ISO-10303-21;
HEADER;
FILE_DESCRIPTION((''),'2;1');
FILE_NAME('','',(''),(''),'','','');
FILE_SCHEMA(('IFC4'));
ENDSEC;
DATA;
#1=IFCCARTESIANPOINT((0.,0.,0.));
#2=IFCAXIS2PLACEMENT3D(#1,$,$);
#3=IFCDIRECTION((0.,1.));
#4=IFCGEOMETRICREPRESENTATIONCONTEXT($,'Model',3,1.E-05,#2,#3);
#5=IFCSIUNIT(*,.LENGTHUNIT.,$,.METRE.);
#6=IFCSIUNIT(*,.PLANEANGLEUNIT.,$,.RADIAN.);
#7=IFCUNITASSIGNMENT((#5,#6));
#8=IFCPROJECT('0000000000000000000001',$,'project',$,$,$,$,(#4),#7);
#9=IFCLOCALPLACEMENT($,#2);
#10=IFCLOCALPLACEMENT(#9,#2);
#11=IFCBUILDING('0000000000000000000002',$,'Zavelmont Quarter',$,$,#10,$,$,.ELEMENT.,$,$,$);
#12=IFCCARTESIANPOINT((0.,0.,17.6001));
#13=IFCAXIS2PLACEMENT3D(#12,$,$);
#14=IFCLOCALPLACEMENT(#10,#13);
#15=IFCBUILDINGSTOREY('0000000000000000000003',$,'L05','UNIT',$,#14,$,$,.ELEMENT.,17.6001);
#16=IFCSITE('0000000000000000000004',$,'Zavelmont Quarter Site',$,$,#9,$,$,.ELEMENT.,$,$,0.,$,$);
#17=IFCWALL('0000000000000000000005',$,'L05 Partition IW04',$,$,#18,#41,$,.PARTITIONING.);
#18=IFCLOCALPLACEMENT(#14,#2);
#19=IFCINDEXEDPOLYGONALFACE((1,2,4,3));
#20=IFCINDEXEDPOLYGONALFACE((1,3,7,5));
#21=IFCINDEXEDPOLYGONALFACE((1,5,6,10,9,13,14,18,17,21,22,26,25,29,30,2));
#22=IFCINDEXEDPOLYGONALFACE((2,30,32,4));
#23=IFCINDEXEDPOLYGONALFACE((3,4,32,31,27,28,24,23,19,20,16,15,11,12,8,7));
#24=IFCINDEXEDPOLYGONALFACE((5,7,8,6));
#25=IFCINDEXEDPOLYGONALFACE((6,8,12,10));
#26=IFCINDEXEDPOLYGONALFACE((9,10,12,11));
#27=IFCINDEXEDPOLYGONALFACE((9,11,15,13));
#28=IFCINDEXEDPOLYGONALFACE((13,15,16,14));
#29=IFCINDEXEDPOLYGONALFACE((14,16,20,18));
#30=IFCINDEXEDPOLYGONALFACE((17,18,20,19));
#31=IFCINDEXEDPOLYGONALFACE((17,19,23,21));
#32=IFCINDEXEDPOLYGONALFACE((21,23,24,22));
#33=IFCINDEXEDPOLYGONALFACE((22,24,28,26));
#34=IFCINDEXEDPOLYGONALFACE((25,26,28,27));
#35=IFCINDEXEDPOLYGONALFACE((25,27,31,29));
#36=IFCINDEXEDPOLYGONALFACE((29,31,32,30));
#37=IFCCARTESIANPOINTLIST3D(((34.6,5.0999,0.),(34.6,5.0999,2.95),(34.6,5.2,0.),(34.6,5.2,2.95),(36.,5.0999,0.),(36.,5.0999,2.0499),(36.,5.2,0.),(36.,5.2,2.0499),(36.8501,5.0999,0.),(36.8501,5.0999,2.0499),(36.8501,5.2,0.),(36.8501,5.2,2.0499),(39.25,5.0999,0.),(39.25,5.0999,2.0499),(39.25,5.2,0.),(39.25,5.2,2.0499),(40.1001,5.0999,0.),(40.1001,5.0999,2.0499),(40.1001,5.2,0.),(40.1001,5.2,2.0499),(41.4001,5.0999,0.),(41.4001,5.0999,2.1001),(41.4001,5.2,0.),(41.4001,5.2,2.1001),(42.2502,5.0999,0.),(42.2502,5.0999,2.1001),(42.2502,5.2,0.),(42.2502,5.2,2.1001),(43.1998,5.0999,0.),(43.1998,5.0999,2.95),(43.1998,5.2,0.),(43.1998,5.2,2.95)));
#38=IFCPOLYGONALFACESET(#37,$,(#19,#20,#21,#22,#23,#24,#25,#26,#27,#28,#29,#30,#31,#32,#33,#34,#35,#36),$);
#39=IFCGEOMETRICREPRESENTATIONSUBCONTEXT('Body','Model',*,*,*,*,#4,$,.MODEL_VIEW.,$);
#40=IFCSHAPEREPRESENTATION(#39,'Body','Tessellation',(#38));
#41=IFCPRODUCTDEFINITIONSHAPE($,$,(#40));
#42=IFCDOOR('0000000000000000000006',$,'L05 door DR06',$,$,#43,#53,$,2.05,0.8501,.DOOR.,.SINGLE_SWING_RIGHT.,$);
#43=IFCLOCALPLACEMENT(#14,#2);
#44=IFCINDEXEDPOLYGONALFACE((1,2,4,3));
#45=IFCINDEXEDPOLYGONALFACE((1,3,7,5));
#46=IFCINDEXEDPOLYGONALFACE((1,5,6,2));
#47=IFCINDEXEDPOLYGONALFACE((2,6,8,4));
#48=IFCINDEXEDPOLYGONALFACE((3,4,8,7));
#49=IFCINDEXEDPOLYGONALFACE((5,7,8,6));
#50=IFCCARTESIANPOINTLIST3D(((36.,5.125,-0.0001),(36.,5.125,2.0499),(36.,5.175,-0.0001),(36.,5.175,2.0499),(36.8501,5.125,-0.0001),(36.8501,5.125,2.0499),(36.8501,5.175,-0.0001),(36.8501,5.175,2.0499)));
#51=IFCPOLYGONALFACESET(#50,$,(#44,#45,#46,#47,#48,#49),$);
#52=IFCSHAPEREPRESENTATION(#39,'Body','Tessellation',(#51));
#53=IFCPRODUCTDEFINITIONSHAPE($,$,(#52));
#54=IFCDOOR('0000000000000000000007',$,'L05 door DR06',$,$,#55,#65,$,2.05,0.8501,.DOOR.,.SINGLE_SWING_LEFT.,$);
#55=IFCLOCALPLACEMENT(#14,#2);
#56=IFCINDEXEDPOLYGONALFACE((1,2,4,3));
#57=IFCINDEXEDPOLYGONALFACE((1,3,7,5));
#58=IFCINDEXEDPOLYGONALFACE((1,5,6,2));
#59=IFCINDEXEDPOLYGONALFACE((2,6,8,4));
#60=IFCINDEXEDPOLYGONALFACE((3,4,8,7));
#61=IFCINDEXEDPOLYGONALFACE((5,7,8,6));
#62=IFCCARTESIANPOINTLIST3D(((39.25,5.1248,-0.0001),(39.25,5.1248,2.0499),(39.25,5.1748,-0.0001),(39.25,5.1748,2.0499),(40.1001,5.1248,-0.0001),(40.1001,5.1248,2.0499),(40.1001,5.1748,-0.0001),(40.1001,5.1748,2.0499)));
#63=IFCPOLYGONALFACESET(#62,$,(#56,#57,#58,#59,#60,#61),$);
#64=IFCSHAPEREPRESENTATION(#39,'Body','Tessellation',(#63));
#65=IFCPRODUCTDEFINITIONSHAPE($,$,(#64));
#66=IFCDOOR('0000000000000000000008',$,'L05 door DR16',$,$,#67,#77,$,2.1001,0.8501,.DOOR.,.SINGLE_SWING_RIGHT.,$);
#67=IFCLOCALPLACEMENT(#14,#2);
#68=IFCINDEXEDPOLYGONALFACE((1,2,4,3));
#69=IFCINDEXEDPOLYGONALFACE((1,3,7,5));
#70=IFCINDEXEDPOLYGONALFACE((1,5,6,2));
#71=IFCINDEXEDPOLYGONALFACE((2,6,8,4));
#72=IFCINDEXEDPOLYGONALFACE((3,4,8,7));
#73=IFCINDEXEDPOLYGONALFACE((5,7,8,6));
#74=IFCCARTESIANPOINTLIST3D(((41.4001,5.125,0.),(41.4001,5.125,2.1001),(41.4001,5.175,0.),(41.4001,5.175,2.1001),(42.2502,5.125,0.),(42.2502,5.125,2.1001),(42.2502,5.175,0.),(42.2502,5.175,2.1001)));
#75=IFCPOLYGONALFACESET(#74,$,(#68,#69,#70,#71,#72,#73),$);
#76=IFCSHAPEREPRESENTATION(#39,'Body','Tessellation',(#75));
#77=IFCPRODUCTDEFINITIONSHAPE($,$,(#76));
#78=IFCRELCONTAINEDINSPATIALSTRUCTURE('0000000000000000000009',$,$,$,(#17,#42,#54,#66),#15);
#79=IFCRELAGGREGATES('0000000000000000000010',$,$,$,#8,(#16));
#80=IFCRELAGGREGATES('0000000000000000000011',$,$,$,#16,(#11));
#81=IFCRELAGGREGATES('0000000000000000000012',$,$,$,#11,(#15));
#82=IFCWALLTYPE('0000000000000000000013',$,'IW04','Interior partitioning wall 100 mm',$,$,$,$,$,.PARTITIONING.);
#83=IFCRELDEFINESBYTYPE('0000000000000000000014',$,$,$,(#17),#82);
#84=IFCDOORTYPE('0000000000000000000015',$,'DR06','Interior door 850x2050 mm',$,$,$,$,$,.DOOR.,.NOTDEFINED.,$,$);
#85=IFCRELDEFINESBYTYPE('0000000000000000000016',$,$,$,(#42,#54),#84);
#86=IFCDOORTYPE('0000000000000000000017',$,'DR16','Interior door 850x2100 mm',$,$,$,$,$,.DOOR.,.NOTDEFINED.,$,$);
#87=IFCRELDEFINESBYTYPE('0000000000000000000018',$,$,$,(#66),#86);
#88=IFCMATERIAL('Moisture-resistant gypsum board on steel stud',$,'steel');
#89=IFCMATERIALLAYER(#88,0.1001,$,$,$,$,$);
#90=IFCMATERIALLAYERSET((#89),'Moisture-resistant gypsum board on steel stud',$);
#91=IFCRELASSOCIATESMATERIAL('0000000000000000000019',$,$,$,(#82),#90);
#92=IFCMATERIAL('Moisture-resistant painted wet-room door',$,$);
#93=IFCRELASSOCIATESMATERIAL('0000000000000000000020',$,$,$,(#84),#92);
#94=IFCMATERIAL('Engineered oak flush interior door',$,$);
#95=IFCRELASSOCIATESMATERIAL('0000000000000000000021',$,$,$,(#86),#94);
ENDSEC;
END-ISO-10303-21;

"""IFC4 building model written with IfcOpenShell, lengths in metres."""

from ifc_helpers import new_model, si_unit, direction, frame, frame_2d, origin, origin_with_axes, place, context, subcontext, project, spatial, rectangle, extrude, material, layer, layer_set, type_object, element, fill, save


model = new_model("IFC4")

# Units and contexts
model_context = context("Model", 3, precision=1e-05, world=origin(), true_north=direction((0.0, 1.0)))
body_context = subcontext(model_context, "Body", "Model", "MODEL_VIEW")
ifc_project = project(units=[si_unit("LENGTHUNIT", "METRE"), si_unit("PLANEANGLEUNIT", "RADIAN")], contexts=[model_context])

# Site, building, storey
site_placement = place(None, origin())
site = spatial("IfcSite", under=ifc_project, at=site_placement, Name="Zavelmont Quarter Site", CompositionType="ELEMENT", RefElevation=0.0)
building_placement = place(site_placement, origin())
building = spatial("IfcBuilding", under=site, at=building_placement, Name="Zavelmont Quarter", CompositionType="ELEMENT")
storey_placement = place(building_placement, frame((0.0, 0.0, 17.6001)))
storey = spatial("IfcBuildingStorey", under=building, at=storey_placement, Name="L05", Description="UNIT", CompositionType="ELEMENT", Elevation=17.6001)

# Shared definitions
ifc_material_1 = material(Name="Engineered oak flush interior door")

# Shared definitions
ifc_material_2 = material(Name="Moisture-resistant gypsum board on steel stud", Category="steel")
ifc_layer_1 = layer(ifc_material_2, 0.1001)
ifc_layer_set_1 = layer_set([ifc_layer_1], Name="Moisture-resistant gypsum board on steel stud")
wall_type_1 = type_object("IfcWallType", Name="IW04", Description="Interior partitioning wall 100 mm", PredefinedType="PARTITIONING", material=ifc_layer_set_1)

# Wall, openings, doors
wall_1_placement = place(storey_placement, frame((34.6001, 5.1499, 0.0), z_axis=(0.0, 0.0, 1.0), x_axis=(1.0, 0.0, 0.0)))
wall_1 = element("IfcWall", 1, at=wall_1_placement, inside=storey, type_object=wall_type_1, Name="L05 Partition IW04", PredefinedType="PARTITIONING", context=body_context, shape_type="SweptSolid", body=[
    extrude(rectangle(XDim=8.5999, YDim=0.1001, at=frame_2d((4.2998, 0.0))), origin(), (0.0, 0.0, 1.0), 2.95),
])
opening_1_placement = place(wall_1_placement, frame((1.3999, 0.0, 0.0)))
opening_1 = element("IfcOpeningElement", 2, at=opening_1_placement, cuts=wall_1, PredefinedType="OPENING", context=body_context, shape_type="SweptSolid", body=[
    extrude(rectangle(XDim=0.8501, YDim=2.05, at=frame_2d((0.425, 1.0249))), frame((0.0, 0.062, 0.0), z_axis=(0.0, -1.0, 0.0), x_axis=(1.0, 0.0, 0.0)), (0.0, 0.0, 1.0), 0.124),
])
opening_2_placement = place(wall_1_placement, frame((4.6499, 0.0, 0.0)))
opening_2 = element("IfcOpeningElement", 3, at=opening_2_placement, cuts=wall_1, PredefinedType="OPENING", context=body_context, shape_type="SweptSolid", body=[
    extrude(rectangle(XDim=0.8501, YDim=2.05, at=frame_2d((0.425, 1.0249))), frame((0.0, 0.062, 0.0), z_axis=(0.0, -1.0, 0.0), x_axis=(1.0, 0.0, 0.0)), (0.0, 0.0, 1.0), 0.124),
])
opening_3_placement = place(wall_1_placement, frame((6.8, 0.0, 0.0)))
opening_3 = element("IfcOpeningElement", 4, at=opening_3_placement, cuts=wall_1, PredefinedType="OPENING", context=body_context, shape_type="SweptSolid", body=[
    extrude(rectangle(XDim=0.8501, YDim=2.1001, at=frame_2d((0.425, 1.05))), frame((0.0, 0.062, 0.0), z_axis=(0.0, -1.0, 0.0), x_axis=(1.0, 0.0, 0.0)), (0.0, 0.0, 1.0), 0.124),
])
ifc_material_3 = material(Name="Moisture-resistant painted wet-room door")
door_type_1 = type_object("IfcDoorType", Name="DR06", Description="Interior door 850x2050 mm", OperationType="NOTDEFINED", PredefinedType="DOOR", material=ifc_material_3)
door_1_placement = place(opening_1_placement, frame((0.8501, 0.0, 0.0), z_axis=(0.0, 0.0, 1.0), x_axis=(-1.0, 0.0, 0.0)))
door_1 = element("IfcDoor", 5, at=door_1_placement, inside=storey, type_object=door_type_1, Name="L05 door DR06", OperationType="SINGLE_SWING_RIGHT", OverallHeight=2.05, OverallWidth=0.8501, PredefinedType="DOOR", context=body_context, shape_type="SweptSolid", body=[
    extrude(rectangle(XDim=0.8501, YDim=2.05, at=frame_2d((0.425, 1.0249))), frame((0.0, 0.0249, 0.0), z_axis=(0.0, -1.0, 0.0), x_axis=(1.0, 0.0, 0.0)), (0.0, 0.0, 1.0), 0.05),
])
fill(opening_1, door_1)
door_2_placement = place(opening_2_placement, origin_with_axes())
door_2 = element("IfcDoor", 6, at=door_2_placement, inside=storey, type_object=door_type_1, Name="L05 door DR06", OperationType="SINGLE_SWING_LEFT", OverallHeight=2.05, OverallWidth=0.8501, PredefinedType="DOOR", context=body_context, shape_type="SweptSolid", body=[
    extrude(rectangle(XDim=0.8501, YDim=2.05, at=frame_2d((0.425, 1.0249))), frame((0.0, 0.0249, 0.0), z_axis=(0.0, -1.0, 0.0), x_axis=(1.0, 0.0, 0.0)), (0.0, 0.0, 1.0), 0.05),
])
fill(opening_2, door_2)
door_type_2 = type_object("IfcDoorType", Name="DR16", Description="Interior door 850x2100 mm", OperationType="NOTDEFINED", PredefinedType="DOOR", material=ifc_material_1)
door_3_placement = place(opening_3_placement, frame((0.8501, 0.0, 0.0), z_axis=(0.0, 0.0, 1.0), x_axis=(-1.0, 0.0, 0.0)))
door_3 = element("IfcDoor", 7, at=door_3_placement, inside=storey, type_object=door_type_2, Name="L05 door DR16", OperationType="SINGLE_SWING_RIGHT", OverallHeight=2.1001, OverallWidth=0.8501, PredefinedType="DOOR", context=body_context, shape_type="SweptSolid", body=[
    extrude(rectangle(XDim=0.8501, YDim=2.1001, at=frame_2d((0.425, 1.05))), frame((0.0, 0.0249, 0.0), z_axis=(0.0, -1.0, 0.0), x_axis=(1.0, 0.0, 0.0)), (0.0, 0.0, 1.0), 0.05),
])
fill(opening_3, door_3)

save(model, "model.ifc")
